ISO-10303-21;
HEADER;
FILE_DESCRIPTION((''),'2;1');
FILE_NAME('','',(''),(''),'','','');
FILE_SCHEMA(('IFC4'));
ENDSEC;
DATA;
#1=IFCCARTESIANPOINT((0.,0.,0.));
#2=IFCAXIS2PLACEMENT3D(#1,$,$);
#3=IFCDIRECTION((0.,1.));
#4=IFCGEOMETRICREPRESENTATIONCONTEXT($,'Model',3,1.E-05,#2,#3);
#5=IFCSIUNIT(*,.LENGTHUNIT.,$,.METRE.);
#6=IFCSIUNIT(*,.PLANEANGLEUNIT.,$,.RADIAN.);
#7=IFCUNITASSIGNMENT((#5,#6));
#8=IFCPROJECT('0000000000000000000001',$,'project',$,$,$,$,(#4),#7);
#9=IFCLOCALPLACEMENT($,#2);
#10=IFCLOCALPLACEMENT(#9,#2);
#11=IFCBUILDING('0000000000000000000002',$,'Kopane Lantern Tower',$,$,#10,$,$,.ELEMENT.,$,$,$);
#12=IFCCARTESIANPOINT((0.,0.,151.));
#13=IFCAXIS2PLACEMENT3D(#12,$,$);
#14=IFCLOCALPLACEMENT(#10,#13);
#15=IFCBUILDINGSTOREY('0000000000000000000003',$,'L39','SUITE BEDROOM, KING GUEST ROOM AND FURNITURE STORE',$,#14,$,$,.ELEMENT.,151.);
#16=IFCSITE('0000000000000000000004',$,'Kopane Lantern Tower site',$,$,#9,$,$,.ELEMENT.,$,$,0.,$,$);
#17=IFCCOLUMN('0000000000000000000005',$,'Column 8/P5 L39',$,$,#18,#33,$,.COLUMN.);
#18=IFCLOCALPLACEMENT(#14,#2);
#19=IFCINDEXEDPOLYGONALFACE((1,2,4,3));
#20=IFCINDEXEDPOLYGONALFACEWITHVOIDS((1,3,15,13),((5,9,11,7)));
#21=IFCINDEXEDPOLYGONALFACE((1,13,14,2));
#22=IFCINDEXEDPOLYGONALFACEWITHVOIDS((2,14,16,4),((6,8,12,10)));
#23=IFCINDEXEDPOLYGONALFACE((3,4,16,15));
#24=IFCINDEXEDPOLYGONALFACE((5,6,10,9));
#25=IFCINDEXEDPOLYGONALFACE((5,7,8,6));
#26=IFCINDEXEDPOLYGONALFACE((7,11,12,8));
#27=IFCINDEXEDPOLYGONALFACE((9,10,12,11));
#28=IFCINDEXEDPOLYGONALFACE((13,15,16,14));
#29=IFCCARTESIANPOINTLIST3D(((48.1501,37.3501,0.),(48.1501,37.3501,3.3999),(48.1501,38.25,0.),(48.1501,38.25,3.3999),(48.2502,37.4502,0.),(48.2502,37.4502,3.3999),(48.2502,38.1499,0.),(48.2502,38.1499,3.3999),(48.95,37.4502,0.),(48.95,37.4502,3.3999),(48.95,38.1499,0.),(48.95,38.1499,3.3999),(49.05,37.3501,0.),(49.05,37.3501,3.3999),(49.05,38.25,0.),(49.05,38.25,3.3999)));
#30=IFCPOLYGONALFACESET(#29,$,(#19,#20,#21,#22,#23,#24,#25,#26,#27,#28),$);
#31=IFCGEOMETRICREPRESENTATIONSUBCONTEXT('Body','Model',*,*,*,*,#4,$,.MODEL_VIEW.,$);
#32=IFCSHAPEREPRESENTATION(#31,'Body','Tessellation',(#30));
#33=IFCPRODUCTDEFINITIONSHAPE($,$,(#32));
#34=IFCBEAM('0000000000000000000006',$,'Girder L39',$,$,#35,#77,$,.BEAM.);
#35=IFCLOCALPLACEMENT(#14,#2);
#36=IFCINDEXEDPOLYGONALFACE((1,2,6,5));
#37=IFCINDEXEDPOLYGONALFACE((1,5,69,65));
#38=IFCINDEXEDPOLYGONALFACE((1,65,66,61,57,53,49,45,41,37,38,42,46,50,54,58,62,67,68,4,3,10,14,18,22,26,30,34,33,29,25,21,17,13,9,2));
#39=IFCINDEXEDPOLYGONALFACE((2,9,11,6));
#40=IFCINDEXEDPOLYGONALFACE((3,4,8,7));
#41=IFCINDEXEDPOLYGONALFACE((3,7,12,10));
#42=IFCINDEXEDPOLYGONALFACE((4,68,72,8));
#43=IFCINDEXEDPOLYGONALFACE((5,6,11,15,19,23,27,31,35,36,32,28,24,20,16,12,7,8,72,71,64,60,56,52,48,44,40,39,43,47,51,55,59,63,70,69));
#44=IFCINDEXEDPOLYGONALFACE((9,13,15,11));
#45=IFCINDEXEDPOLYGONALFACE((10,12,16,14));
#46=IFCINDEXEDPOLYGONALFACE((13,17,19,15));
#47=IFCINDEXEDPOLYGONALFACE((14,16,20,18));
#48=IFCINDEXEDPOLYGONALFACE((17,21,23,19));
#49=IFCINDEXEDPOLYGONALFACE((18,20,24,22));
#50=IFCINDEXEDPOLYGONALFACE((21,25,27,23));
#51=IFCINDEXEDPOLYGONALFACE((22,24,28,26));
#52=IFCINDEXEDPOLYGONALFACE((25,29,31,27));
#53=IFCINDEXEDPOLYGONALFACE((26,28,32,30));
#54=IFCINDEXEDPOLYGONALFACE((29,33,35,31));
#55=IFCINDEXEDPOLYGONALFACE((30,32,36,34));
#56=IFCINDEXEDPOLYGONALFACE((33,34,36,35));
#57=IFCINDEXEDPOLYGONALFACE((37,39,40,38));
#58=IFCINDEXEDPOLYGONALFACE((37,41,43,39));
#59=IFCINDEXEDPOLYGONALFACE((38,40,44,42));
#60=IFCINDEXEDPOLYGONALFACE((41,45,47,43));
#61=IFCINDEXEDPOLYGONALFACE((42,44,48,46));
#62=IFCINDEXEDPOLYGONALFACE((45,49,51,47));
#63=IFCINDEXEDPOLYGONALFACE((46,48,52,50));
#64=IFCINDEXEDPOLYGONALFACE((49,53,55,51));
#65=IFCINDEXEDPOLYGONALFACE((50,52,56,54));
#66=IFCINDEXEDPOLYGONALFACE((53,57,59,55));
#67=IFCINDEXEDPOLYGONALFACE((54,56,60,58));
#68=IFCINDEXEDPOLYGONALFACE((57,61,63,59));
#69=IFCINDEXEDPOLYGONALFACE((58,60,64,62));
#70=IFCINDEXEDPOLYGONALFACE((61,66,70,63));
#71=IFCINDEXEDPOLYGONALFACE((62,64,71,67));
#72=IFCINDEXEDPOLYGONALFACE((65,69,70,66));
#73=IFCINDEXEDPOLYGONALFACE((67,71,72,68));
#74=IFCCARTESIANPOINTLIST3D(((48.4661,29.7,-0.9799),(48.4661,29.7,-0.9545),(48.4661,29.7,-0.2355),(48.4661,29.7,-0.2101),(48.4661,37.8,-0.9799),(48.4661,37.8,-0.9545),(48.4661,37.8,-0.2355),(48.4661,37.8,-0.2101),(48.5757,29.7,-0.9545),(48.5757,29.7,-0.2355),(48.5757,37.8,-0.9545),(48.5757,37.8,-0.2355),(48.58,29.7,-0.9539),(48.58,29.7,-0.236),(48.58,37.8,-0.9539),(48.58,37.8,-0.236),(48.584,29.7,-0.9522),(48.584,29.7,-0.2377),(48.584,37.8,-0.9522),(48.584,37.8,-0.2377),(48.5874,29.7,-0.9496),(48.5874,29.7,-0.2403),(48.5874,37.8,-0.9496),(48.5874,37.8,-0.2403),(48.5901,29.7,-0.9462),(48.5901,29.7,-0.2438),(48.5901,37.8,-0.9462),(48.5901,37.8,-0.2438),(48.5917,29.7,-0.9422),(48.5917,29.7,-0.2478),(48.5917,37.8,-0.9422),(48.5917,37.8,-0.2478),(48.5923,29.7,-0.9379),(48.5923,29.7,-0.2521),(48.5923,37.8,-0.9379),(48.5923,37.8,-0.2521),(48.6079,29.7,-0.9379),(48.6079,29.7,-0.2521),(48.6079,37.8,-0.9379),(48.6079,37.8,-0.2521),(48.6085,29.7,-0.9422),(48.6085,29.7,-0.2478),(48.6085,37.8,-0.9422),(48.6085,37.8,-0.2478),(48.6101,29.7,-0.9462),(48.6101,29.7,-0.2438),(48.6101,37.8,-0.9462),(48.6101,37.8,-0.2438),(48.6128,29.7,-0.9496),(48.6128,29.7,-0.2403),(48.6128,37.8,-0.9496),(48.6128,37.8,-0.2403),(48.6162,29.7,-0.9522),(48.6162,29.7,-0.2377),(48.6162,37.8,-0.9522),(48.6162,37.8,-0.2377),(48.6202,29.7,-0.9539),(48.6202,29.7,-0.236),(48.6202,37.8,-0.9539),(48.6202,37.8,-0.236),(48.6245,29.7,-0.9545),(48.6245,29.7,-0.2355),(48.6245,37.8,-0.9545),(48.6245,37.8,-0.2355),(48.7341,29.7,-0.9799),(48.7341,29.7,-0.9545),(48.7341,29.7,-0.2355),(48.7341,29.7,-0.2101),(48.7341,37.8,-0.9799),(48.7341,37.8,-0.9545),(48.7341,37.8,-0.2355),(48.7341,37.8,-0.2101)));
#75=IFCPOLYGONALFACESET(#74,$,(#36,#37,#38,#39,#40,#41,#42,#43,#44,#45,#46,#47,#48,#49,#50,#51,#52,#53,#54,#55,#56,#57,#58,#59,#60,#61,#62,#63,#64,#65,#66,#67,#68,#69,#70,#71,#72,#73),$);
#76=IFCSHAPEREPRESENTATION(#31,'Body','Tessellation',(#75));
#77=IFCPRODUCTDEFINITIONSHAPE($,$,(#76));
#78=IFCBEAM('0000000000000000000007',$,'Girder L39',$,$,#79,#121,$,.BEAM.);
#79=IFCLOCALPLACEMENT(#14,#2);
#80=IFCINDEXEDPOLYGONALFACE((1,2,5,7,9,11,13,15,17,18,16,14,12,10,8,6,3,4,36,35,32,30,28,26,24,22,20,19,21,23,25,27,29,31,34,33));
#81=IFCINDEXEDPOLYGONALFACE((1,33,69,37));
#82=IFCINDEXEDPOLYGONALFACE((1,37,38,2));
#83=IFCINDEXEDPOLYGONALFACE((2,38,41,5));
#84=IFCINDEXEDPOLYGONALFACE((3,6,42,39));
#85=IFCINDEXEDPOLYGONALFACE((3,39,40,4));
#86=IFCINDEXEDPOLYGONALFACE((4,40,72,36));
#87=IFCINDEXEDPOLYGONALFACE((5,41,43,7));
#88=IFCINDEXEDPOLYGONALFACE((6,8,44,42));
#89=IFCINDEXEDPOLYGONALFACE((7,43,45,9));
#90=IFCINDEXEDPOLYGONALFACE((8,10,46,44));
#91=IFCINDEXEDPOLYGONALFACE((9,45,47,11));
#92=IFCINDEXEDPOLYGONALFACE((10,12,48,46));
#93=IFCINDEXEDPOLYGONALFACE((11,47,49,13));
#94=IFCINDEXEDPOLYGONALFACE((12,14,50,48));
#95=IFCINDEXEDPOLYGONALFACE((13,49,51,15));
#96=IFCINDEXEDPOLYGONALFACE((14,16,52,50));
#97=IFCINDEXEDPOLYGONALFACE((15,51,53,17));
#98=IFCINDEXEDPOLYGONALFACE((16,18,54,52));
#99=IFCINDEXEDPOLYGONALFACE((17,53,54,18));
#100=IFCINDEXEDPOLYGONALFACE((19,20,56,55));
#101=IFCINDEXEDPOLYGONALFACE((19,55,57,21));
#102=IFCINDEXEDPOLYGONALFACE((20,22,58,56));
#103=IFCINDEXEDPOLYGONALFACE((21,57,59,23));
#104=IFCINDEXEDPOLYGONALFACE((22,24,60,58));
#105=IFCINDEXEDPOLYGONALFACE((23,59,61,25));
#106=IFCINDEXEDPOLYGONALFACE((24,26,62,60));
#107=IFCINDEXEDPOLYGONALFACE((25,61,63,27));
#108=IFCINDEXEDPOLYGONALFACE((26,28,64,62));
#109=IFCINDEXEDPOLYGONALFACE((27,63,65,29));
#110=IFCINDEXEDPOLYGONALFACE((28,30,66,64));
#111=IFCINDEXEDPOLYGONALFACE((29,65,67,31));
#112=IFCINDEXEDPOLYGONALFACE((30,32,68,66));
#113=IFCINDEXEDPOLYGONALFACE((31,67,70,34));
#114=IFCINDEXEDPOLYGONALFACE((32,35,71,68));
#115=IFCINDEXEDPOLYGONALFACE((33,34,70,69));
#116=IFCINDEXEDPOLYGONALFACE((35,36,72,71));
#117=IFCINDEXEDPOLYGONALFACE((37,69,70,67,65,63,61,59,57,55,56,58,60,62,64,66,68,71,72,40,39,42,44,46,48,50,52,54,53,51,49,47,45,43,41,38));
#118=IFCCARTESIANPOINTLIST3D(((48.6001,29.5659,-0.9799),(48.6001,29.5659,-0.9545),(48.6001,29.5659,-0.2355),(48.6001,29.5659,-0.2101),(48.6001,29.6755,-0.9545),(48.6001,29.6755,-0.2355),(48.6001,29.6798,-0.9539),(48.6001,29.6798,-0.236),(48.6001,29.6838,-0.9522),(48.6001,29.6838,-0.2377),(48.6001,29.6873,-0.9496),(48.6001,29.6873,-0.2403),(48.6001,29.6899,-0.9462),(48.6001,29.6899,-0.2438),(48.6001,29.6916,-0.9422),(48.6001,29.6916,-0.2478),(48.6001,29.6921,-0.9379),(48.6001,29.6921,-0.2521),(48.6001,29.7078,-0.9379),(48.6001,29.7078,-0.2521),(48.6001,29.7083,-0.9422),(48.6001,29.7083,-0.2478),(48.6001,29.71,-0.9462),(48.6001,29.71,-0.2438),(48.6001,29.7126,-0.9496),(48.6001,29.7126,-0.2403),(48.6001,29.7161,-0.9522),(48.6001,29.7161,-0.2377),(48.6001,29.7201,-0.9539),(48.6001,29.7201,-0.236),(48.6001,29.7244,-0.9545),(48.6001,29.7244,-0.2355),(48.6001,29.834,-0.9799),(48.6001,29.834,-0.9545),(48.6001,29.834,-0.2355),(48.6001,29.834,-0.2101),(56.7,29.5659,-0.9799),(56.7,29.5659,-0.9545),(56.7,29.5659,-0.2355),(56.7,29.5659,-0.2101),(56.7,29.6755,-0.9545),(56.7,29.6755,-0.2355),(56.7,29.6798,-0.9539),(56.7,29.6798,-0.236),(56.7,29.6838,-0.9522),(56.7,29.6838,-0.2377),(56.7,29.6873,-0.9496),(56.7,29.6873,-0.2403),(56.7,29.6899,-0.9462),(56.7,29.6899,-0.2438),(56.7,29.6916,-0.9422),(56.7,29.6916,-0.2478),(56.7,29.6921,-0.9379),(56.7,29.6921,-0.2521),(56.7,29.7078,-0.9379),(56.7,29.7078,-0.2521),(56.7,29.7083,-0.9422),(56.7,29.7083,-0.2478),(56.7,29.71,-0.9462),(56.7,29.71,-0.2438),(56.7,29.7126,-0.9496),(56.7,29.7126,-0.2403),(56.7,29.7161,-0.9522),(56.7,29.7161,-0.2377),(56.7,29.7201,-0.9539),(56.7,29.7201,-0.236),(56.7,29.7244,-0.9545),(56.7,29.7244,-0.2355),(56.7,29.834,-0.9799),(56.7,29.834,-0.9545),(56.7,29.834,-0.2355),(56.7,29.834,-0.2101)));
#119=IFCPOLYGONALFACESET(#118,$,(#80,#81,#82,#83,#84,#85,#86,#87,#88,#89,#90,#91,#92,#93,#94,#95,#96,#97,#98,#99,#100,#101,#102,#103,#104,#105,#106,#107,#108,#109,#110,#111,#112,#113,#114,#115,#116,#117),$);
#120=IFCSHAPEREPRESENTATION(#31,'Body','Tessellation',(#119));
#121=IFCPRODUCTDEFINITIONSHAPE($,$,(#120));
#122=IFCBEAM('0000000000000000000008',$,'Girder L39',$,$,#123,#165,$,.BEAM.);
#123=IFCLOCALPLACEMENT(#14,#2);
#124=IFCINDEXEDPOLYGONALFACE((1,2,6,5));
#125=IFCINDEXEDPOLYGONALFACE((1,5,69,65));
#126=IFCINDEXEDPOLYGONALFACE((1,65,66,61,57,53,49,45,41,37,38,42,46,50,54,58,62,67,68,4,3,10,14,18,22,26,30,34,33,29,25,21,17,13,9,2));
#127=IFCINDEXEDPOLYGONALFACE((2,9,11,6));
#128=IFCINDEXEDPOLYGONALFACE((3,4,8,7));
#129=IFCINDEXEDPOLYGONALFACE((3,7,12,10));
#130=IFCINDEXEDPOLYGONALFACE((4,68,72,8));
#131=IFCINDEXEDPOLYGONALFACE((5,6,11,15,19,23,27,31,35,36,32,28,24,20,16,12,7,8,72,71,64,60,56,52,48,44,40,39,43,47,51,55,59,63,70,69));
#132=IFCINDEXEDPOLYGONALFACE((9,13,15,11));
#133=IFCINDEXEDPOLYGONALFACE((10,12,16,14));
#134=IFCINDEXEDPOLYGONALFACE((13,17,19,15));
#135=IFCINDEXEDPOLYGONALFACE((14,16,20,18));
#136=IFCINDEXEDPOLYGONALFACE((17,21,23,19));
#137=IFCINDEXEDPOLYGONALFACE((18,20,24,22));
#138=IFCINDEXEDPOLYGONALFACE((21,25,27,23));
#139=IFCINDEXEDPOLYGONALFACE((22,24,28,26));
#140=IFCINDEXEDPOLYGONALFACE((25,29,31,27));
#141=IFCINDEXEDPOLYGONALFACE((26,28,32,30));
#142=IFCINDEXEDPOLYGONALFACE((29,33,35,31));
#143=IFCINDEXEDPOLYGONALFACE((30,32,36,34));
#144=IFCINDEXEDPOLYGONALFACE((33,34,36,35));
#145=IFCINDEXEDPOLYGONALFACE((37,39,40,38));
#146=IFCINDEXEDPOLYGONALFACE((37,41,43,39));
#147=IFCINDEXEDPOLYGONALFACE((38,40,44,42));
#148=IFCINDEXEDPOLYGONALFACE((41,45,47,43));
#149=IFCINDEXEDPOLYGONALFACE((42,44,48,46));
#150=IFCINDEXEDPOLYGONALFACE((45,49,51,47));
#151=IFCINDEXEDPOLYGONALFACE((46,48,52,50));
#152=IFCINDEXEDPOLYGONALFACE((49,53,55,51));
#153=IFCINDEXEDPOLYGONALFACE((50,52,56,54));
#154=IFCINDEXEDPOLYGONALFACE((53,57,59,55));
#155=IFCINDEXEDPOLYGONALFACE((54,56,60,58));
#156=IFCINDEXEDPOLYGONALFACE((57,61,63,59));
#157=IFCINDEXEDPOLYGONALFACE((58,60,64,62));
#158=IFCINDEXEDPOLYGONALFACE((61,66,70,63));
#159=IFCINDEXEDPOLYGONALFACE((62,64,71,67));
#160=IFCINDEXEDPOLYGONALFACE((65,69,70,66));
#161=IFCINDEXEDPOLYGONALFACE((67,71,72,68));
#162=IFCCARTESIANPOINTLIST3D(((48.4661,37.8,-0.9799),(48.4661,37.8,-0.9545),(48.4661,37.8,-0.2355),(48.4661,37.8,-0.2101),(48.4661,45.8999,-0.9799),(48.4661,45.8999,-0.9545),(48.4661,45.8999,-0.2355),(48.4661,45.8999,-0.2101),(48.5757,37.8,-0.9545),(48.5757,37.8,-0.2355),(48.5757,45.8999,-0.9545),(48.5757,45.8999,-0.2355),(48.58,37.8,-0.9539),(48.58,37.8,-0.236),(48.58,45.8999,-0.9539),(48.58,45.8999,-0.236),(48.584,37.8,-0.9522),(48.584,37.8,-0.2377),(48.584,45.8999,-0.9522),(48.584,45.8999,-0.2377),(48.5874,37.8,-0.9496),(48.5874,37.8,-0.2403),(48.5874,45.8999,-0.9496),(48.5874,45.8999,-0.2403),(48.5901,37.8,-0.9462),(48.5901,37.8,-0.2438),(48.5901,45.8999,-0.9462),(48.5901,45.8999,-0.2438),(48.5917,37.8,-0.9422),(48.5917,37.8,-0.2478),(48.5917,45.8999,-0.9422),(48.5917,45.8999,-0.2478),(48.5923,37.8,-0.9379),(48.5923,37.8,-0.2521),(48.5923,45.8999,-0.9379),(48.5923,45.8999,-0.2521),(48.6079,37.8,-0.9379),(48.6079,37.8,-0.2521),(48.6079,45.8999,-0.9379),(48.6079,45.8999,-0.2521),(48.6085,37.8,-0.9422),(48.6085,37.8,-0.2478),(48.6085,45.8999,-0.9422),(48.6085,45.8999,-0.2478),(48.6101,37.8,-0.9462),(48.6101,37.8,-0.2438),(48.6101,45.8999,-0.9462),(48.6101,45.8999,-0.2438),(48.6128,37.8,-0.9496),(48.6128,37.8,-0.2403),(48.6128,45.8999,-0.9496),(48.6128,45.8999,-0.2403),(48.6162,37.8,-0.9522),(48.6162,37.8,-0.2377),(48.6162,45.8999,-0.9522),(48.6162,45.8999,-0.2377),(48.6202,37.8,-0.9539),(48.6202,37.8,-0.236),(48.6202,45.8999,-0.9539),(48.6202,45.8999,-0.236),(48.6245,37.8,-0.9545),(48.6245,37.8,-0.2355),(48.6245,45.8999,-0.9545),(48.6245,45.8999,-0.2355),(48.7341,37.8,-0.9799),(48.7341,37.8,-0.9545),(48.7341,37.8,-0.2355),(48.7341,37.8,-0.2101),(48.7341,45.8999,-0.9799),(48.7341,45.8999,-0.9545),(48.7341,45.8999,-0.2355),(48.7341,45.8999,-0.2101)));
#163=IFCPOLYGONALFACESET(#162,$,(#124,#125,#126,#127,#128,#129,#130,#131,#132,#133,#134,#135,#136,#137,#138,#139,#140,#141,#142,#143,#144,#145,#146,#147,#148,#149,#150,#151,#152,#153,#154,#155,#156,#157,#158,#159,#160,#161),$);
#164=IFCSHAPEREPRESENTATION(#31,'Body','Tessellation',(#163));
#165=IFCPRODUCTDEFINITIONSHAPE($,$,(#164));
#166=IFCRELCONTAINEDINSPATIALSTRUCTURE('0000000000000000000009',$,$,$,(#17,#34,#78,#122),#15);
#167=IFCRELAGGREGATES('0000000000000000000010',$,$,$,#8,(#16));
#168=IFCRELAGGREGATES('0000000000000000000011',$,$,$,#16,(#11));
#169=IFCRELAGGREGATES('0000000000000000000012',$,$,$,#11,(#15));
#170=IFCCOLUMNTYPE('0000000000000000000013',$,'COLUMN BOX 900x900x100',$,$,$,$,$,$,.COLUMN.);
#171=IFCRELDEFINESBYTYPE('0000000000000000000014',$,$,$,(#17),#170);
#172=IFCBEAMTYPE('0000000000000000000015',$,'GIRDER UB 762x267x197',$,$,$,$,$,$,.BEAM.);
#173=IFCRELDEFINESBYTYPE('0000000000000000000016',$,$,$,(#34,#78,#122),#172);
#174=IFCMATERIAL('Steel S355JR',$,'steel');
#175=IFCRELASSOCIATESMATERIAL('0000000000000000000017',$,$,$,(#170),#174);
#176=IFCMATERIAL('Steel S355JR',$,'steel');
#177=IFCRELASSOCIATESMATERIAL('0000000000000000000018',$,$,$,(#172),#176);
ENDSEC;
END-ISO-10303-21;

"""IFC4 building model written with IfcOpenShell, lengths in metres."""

from ifc_helpers import new_model, si_unit, direction, frame, origin, origin_2d, place, context, subcontext, project, spatial, hollow_rectangle, i_section, extrude, material, material_profile, profile_set, type_object, element, save


model = new_model("IFC4")

# Units and contexts
model_context = context("Model", 3, precision=1e-05, world=origin(), true_north=direction((0.0, 1.0)))
body_context = subcontext(model_context, "Body", "Model", "MODEL_VIEW")
ifc_project = project(units=[si_unit("LENGTHUNIT", "METRE"), si_unit("PLANEANGLEUNIT", "RADIAN")], contexts=[model_context])

# Site, building, storey
site_placement = place(None, origin())
site = spatial("IfcSite", under=ifc_project, at=site_placement, Name="Kopane Lantern Tower site", CompositionType="ELEMENT", RefElevation=0.0)
building_placement = place(site_placement, origin())
building = spatial("IfcBuilding", under=site, at=building_placement, Name="Kopane Lantern Tower", CompositionType="ELEMENT")
storey_placement = place(building_placement, frame((0.0, 0.0, 151.0)))
storey = spatial("IfcBuildingStorey", under=building, at=storey_placement, Name="L39", Description="SUITE BEDROOM, KING GUEST ROOM AND FURNITURE STORE", CompositionType="ELEMENT", Elevation=151.0)

# Column
ifc_material_1 = material(Name="Steel S355JR", Category="steel")
ifc_material_profile_1 = material_profile(ifc_material_1, hollow_rectangle(XDim=0.8999, YDim=0.8999, WallThickness=0.1001, at=origin_2d()), Name="BOX 900x900x100")
ifc_profile_set_1 = profile_set([ifc_material_profile_1], Name="Steel S355JR")
column_type = type_object("IfcColumnType", Name="COLUMN BOX 900x900x100", PredefinedType="COLUMN", material=ifc_profile_set_1)
column_placement = place(storey_placement, frame((48.6001, 37.8, 0.0), z_axis=(0.0, 0.0, 1.0), x_axis=(1.0, 0.0, 0.0)))
element("IfcColumn", 1, at=column_placement, inside=storey, type_object=column_type, Name="Column 8/P5 L39", PredefinedType="COLUMN", context=body_context, shape_type="SweptSolid", body=[
    extrude(hollow_rectangle(XDim=0.8999, YDim=0.8999, WallThickness=0.1001, at=origin_2d()), origin(), (0.0, 0.0, 1.0), 3.3999),
])

# Beams
ifc_material_2 = material(Name="Steel S355JR", Category="steel")
ifc_material_profile_2 = material_profile(ifc_material_2, i_section(OverallWidth=0.2681, OverallDepth=0.7698, WebThickness=0.0156, FlangeThickness=0.0254, FilletRadius=0.0166, at=origin_2d()), Name="UB 762x267x197")
ifc_profile_set_2 = profile_set([ifc_material_profile_2], Name="Steel S355JR")
beam_type = type_object("IfcBeamType", Name="GIRDER UB 762x267x197", PredefinedType="BEAM", material=ifc_profile_set_2)
beam_placement = place(storey_placement, frame((48.6001, 29.7, -0.595), z_axis=(0.0, 1.0, 0.0), x_axis=(-1.0, 0.0, 0.0)))
element("IfcBeam", 2, at=beam_placement, inside=storey, type_object=beam_type, Name="Girder L39", PredefinedType="BEAM", context=body_context, shape_type="SweptSolid", body=[
    extrude(i_section(OverallWidth=0.2681, OverallDepth=0.7698, WebThickness=0.0156, FlangeThickness=0.0254, FilletRadius=0.0166, at=origin_2d()), origin(), (0.0, 0.0, 1.0), 8.1001),
])
for number, where, z_axis, x_axis, name in (
    (3, (48.6001, 29.7, -0.595), (1.0, 0.0, 0.0), (0.0, 1.0, 0.0), "Girder L39"),
    (4, (48.6001, 37.8, -0.595), (0.0, 1.0, 0.0), (-1.0, 0.0, 0.0), "Girder L39"),
):
    element("IfcBeam", number, at=place(storey_placement, frame(where, z_axis=z_axis, x_axis=x_axis)), inside=storey, type_object=beam_type, Name=name, PredefinedType="BEAM", context=body_context, shape_type="SweptSolid", body=[
        extrude(i_section(OverallWidth=0.2681, OverallDepth=0.7698, WebThickness=0.0156, FlangeThickness=0.0254, FilletRadius=0.0166, at=origin_2d()), origin(), (0.0, 0.0, 1.0), 8.0999),
    ])

save(model, "model.ifc")
